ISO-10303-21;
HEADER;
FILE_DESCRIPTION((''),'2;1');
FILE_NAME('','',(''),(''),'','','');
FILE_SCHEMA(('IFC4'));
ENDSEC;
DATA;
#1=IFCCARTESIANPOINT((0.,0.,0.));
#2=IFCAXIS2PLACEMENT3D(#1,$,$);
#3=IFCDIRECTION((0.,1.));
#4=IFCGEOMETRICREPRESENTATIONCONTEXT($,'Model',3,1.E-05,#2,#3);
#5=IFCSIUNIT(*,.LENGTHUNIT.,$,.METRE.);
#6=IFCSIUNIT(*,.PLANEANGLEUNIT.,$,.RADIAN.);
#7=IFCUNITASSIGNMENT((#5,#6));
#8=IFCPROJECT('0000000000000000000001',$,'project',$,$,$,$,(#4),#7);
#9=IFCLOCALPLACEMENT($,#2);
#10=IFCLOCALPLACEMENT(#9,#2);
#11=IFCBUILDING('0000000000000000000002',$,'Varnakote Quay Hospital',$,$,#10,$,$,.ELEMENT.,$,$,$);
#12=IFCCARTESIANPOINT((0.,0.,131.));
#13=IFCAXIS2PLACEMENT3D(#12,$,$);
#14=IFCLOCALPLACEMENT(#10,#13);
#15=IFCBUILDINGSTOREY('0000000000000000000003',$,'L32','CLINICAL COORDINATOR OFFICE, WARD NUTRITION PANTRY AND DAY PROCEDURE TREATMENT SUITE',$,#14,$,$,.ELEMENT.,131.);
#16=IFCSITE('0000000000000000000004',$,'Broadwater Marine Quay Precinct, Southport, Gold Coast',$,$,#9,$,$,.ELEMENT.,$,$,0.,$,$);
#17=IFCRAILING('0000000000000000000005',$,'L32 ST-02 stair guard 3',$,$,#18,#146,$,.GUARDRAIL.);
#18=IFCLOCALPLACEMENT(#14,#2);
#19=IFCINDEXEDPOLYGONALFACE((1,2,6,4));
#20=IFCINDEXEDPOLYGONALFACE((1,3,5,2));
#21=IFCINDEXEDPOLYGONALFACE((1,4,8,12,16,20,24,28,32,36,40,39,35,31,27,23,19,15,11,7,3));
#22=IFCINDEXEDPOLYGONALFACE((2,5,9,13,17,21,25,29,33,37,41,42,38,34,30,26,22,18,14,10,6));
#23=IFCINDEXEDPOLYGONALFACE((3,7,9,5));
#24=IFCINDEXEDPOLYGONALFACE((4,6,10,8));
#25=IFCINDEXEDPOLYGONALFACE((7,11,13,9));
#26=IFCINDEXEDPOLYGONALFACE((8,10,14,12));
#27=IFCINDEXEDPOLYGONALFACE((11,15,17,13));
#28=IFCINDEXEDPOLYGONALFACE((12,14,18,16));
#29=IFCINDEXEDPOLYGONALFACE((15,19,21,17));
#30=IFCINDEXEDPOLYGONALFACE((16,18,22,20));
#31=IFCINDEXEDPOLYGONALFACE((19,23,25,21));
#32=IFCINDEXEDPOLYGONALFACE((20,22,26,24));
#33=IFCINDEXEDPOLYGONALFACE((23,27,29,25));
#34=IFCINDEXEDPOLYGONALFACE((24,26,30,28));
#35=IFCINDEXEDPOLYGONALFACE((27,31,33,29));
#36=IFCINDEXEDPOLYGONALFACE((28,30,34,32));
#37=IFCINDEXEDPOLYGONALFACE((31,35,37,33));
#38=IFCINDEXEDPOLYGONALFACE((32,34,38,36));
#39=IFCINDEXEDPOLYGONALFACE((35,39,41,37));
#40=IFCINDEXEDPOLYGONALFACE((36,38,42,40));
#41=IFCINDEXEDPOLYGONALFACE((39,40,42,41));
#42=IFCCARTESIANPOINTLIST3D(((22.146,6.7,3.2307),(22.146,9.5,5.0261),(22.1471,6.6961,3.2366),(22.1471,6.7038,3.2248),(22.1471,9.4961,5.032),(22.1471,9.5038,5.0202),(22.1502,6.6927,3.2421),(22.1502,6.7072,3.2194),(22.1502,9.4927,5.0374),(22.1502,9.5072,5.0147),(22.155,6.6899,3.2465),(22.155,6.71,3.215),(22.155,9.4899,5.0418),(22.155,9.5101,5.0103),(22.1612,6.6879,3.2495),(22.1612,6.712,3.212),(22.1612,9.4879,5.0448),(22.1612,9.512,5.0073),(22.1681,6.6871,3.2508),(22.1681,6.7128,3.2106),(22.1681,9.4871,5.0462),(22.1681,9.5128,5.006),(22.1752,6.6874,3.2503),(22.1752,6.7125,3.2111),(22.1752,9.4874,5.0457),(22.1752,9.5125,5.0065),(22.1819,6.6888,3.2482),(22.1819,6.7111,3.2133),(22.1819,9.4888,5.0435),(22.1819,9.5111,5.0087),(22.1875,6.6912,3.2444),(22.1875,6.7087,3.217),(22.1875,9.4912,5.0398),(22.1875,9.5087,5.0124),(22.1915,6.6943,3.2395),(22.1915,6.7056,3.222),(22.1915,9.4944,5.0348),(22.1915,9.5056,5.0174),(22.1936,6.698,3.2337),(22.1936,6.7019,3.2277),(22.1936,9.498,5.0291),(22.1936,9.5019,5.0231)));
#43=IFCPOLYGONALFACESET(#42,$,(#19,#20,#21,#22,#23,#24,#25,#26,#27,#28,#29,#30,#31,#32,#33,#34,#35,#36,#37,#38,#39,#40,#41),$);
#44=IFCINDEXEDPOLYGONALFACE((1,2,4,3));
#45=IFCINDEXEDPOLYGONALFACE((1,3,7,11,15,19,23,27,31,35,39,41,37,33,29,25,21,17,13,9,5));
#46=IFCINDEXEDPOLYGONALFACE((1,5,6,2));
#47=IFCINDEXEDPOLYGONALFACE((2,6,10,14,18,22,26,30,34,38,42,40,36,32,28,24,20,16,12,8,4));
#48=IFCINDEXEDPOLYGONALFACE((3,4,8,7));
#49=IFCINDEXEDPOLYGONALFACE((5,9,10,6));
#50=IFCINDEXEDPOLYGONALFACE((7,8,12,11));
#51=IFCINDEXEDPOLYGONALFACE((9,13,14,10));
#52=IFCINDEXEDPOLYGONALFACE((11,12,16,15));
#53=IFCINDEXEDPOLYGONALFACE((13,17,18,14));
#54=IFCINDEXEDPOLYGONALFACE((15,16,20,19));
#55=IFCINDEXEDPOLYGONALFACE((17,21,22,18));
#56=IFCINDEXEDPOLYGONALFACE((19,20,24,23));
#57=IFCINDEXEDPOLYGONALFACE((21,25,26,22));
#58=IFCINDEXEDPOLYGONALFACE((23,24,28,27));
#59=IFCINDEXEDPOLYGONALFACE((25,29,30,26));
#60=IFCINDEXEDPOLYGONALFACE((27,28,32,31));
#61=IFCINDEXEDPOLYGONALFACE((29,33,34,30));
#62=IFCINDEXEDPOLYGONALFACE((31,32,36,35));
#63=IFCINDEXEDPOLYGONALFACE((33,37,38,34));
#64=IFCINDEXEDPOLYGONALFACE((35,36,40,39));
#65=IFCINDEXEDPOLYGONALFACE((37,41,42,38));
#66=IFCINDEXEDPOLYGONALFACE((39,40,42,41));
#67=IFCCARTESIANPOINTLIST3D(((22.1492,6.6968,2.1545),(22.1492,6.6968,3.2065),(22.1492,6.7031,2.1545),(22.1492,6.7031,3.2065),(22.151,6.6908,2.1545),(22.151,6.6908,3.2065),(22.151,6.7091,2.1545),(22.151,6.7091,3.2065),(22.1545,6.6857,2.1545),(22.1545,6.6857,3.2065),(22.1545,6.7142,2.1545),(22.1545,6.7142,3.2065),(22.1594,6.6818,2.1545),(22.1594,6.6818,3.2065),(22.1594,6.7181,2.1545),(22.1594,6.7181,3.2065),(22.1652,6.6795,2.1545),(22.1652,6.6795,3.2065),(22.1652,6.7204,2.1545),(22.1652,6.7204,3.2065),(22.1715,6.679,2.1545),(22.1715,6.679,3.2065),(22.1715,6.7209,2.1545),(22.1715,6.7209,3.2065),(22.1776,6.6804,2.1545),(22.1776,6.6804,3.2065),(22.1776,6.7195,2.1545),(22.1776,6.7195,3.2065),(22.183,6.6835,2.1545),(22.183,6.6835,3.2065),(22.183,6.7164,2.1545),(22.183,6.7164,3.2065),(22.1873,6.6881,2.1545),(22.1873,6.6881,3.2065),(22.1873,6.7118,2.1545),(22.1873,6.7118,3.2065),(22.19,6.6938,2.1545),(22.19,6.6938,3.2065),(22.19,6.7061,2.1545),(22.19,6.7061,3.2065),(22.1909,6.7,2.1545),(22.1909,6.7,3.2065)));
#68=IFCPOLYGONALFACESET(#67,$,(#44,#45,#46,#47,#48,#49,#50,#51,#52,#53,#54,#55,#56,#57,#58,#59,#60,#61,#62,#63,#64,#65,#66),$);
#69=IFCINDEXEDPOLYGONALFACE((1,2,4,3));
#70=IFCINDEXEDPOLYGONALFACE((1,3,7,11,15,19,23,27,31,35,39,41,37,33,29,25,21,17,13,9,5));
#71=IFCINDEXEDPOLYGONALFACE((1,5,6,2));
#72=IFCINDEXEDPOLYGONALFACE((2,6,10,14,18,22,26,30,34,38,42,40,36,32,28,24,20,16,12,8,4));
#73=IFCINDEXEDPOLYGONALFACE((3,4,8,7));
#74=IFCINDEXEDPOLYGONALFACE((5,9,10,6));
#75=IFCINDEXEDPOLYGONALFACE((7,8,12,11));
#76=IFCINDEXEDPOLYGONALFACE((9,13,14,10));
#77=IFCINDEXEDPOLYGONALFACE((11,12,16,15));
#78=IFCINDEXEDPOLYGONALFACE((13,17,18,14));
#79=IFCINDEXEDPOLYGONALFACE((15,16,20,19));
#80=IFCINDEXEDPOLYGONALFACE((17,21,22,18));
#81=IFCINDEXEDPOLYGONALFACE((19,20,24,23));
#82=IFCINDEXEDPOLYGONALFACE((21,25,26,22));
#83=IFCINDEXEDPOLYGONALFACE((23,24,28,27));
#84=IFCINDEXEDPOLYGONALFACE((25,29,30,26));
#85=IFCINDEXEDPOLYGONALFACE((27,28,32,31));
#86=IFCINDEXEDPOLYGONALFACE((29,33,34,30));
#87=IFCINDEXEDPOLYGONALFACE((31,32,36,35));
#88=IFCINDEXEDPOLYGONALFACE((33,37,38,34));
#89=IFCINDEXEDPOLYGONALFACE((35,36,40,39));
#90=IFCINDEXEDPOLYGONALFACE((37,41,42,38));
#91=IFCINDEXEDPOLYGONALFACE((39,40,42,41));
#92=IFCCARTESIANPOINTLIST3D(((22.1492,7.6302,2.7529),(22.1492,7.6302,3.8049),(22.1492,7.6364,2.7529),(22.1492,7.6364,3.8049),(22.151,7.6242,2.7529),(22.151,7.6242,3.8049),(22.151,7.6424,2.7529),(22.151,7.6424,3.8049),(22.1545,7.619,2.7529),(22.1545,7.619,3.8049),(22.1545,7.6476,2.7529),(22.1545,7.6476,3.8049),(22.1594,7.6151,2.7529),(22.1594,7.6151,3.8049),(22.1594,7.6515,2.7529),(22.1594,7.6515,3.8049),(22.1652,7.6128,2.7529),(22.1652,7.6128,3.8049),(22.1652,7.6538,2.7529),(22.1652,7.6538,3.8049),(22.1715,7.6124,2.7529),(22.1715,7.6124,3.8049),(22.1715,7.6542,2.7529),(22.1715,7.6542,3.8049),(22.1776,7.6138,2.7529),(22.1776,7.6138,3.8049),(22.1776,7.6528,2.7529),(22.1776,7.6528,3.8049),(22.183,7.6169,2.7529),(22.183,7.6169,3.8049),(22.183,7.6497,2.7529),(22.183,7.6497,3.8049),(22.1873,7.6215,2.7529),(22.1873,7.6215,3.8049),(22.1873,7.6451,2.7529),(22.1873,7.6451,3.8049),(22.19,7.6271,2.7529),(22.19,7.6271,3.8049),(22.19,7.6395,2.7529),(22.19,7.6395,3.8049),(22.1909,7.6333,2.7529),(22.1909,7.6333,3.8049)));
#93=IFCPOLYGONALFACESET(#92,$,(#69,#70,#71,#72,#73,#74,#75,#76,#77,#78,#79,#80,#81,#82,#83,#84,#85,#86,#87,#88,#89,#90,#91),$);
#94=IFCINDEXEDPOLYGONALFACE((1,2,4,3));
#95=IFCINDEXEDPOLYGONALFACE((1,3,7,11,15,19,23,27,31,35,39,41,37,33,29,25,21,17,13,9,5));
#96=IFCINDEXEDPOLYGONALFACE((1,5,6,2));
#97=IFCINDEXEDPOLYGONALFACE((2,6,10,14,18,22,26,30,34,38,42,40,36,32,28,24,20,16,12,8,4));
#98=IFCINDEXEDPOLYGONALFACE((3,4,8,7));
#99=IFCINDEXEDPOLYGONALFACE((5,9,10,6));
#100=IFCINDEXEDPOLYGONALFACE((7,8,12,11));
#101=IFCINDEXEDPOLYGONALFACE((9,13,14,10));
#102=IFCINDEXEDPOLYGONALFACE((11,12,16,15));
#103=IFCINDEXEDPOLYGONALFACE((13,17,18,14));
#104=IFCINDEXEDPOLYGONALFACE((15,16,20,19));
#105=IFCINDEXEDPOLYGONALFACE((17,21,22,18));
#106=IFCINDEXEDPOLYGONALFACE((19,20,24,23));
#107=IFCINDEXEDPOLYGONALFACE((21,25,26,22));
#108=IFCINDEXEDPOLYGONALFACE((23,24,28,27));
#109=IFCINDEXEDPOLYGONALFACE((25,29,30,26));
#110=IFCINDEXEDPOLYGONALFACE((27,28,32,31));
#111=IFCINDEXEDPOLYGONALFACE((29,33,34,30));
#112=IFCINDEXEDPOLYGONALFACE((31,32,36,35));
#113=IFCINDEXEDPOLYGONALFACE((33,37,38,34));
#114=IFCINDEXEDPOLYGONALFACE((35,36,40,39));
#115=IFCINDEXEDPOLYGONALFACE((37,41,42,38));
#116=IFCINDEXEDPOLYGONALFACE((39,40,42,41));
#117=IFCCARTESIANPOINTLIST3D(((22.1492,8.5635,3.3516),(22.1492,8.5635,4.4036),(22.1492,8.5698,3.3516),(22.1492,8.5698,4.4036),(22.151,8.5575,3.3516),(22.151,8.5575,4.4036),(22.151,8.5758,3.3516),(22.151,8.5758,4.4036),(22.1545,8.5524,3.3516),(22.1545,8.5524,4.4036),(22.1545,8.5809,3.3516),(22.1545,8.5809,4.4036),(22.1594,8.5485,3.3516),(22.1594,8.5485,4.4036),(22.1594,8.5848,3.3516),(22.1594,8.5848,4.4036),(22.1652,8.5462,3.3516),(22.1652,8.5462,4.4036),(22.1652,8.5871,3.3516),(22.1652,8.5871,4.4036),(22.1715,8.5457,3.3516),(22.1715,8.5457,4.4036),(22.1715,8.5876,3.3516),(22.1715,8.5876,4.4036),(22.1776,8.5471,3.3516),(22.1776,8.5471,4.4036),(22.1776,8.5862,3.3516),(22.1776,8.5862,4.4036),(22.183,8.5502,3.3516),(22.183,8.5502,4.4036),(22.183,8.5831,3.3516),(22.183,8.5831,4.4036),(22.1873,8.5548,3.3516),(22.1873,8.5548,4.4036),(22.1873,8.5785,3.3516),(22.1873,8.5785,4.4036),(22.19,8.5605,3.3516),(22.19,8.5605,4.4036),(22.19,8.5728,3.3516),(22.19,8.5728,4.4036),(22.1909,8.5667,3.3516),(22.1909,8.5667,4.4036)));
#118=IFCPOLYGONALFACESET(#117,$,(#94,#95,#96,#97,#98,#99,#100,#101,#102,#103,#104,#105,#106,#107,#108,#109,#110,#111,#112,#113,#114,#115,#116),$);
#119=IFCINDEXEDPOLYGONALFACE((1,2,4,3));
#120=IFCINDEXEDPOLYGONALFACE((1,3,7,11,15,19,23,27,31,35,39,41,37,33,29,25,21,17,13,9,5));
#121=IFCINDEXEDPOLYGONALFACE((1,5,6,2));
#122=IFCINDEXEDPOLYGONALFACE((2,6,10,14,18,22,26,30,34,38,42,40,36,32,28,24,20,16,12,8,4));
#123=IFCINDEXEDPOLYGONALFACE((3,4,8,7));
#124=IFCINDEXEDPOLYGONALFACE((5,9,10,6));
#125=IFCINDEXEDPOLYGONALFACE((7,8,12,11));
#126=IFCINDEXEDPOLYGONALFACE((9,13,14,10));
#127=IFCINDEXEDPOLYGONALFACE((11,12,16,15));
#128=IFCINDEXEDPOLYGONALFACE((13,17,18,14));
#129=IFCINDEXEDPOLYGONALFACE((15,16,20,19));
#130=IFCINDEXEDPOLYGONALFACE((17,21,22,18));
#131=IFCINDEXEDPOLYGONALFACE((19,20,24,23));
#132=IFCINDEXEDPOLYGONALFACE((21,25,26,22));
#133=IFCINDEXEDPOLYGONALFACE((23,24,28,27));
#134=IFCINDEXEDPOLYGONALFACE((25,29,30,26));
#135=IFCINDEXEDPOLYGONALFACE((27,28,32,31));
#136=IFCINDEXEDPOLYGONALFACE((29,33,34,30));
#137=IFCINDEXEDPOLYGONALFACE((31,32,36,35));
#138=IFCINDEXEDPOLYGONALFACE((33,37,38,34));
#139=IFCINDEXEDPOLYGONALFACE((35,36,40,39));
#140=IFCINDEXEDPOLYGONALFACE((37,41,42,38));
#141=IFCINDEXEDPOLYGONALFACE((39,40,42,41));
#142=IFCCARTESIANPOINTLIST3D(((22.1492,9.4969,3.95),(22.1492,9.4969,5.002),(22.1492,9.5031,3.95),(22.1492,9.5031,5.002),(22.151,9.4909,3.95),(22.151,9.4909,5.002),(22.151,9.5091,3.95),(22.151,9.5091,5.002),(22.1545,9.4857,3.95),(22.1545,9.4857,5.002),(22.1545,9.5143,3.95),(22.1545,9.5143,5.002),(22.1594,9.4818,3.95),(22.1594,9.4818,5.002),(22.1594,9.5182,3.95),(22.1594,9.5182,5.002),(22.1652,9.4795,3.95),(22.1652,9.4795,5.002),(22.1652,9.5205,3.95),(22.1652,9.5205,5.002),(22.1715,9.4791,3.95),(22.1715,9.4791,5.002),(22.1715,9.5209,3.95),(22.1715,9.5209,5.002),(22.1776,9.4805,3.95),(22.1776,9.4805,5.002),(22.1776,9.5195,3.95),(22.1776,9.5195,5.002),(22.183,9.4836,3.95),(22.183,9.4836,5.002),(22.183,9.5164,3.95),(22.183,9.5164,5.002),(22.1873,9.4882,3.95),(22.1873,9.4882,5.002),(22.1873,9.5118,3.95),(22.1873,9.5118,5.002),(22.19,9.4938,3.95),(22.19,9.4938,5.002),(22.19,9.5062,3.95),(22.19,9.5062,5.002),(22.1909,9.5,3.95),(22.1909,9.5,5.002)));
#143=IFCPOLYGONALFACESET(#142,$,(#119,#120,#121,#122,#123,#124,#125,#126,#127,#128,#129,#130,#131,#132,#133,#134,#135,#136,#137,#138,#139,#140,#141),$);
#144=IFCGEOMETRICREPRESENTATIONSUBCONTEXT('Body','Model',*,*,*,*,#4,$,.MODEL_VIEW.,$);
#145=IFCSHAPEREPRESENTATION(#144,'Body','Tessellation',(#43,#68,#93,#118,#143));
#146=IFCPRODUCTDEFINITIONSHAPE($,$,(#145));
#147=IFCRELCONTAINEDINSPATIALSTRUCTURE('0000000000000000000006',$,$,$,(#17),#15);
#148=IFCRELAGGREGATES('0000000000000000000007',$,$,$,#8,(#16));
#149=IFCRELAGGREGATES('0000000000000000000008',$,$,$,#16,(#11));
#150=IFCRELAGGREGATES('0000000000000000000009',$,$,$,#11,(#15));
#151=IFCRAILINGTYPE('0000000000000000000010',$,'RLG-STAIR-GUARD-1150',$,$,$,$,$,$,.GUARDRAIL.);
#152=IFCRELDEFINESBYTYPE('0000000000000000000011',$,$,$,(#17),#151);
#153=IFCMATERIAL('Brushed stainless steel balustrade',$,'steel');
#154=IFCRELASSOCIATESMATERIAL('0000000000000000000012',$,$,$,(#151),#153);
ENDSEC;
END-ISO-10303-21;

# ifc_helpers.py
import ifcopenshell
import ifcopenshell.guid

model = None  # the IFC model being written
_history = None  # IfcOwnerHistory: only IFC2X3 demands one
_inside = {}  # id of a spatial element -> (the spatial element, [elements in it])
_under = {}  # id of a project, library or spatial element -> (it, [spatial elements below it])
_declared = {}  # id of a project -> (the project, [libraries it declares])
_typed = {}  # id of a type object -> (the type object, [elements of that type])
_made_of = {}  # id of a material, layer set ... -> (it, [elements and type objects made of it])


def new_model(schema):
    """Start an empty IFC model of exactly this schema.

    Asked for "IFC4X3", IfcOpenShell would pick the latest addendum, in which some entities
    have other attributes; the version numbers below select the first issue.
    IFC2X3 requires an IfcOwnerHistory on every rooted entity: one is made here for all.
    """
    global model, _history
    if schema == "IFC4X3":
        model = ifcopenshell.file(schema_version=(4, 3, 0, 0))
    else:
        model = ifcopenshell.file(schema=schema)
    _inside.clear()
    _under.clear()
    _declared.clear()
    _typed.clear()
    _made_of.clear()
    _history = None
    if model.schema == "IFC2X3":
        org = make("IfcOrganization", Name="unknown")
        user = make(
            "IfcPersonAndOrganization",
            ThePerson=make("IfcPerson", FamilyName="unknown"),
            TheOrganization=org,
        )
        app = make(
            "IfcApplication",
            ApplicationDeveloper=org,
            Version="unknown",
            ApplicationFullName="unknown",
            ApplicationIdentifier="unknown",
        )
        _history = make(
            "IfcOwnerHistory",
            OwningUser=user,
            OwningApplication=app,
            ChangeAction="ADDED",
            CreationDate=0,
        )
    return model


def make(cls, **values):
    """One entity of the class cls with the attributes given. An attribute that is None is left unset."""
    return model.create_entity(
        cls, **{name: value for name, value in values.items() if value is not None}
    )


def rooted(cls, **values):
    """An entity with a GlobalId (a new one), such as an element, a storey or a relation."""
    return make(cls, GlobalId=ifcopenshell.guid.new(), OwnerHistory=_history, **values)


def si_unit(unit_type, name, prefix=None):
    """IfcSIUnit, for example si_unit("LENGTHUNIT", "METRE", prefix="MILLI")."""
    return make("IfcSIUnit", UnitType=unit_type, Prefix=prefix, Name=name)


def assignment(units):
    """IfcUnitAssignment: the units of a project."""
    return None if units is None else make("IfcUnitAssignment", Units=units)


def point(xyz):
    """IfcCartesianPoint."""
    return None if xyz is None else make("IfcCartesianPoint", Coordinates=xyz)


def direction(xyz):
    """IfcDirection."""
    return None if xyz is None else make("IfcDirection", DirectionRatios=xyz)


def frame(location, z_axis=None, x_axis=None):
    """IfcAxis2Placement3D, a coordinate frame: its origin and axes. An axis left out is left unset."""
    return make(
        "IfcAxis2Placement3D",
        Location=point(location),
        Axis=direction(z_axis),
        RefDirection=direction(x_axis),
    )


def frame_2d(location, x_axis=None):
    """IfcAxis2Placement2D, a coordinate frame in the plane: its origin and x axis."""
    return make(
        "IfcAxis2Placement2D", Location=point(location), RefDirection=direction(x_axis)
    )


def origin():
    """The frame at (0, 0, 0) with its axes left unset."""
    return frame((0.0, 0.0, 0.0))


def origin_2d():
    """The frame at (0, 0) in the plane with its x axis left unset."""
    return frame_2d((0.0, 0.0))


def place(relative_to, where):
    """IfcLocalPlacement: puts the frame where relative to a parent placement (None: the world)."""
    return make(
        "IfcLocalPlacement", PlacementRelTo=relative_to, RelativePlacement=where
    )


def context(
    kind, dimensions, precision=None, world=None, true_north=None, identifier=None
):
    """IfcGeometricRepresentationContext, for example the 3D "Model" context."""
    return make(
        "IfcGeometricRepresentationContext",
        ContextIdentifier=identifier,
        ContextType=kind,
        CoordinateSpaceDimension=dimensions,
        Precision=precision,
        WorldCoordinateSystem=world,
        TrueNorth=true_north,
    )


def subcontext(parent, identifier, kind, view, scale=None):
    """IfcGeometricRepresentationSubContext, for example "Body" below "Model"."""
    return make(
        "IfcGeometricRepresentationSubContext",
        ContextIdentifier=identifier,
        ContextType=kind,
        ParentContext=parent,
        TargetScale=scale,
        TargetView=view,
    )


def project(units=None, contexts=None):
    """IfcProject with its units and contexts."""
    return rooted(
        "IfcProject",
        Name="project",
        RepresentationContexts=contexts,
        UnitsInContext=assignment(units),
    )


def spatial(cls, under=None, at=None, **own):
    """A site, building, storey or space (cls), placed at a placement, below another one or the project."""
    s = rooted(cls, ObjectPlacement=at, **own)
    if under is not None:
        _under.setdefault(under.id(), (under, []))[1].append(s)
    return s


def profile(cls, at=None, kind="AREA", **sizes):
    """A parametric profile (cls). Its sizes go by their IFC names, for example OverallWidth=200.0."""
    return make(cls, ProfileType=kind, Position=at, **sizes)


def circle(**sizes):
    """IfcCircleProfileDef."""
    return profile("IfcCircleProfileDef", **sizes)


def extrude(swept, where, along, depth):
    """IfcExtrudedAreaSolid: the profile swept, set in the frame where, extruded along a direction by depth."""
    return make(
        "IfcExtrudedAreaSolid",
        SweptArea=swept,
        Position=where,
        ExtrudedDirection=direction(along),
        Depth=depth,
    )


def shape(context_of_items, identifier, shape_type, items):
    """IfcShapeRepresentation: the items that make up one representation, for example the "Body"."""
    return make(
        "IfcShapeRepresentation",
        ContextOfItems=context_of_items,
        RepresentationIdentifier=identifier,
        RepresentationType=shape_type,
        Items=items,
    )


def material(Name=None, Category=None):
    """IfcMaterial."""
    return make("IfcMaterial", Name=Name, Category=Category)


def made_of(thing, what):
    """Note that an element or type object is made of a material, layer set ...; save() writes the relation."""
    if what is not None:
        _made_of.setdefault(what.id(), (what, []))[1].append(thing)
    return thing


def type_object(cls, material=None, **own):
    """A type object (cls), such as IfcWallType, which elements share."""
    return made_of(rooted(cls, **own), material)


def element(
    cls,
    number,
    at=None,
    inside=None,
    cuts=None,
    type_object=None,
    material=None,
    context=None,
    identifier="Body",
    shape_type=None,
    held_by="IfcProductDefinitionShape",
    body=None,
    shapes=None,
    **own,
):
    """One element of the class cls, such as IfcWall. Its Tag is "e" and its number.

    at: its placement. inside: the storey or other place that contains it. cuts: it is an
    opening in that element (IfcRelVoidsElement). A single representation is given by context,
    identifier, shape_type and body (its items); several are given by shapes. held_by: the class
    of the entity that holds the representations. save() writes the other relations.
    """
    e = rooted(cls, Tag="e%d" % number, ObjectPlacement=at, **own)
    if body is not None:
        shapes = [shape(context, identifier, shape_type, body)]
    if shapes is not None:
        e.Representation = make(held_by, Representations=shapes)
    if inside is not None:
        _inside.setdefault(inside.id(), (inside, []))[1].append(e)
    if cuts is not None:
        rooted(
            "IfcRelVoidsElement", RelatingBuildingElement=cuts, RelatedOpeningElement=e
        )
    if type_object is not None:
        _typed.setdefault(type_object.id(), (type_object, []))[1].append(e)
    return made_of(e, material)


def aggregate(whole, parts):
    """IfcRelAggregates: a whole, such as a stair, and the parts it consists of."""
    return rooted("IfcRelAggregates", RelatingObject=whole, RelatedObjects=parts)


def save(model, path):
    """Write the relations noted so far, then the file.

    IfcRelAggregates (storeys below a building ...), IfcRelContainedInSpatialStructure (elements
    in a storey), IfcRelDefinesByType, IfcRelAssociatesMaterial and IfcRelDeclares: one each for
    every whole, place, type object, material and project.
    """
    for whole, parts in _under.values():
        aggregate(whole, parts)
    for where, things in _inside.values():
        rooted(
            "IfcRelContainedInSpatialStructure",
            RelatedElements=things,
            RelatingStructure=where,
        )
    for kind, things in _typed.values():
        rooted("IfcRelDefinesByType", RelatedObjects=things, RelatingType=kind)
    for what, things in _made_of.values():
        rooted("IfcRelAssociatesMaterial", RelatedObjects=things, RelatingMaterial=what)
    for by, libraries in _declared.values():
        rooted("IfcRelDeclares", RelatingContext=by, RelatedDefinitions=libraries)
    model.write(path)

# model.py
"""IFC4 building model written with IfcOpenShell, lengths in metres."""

from ifc_helpers import new_model, si_unit, direction, frame, origin, origin_2d, place, context, subcontext, project, spatial, circle, extrude, material, type_object, element, save


model = new_model("IFC4")

# Units and contexts
model_context = context("Model", 3, precision=1e-05, world=origin(), true_north=direction((0.0, 1.0)))
body_context = subcontext(model_context, "Body", "Model", "MODEL_VIEW")
ifc_project = project(units=[si_unit("LENGTHUNIT", "METRE"), si_unit("PLANEANGLEUNIT", "RADIAN")], contexts=[model_context])

# Site, building, storey
site_placement = place(None, origin())
site = spatial("IfcSite", under=ifc_project, at=site_placement, Name="Broadwater Marine Quay Precinct, Southport, Gold Coast", CompositionType="ELEMENT", RefElevation=0.0)
building_placement = place(site_placement, origin())
building = spatial("IfcBuilding", under=site, at=building_placement, Name="Varnakote Quay Hospital", CompositionType="ELEMENT")
storey_placement = place(building_placement, frame((0.0, 0.0, 131.0)))
storey = spatial("IfcBuildingStorey", under=building, at=storey_placement, Name="L32", Description="CLINICAL COORDINATOR OFFICE, WARD NUTRITION PANTRY AND DAY PROCEDURE TREATMENT SUITE", CompositionType="ELEMENT", Elevation=131.0)

# Railing
ifc_material_1 = material(Name="Brushed stainless steel balustrade", Category="steel")
railing_type_1 = type_object("IfcRailingType", Name="RLG-STAIR-GUARD-1150", PredefinedType="GUARDRAIL", material=ifc_material_1)
railing_1_placement = place(storey_placement, frame((22.1699, 6.7, 2.1545)))
element("IfcRailing", 1, at=railing_1_placement, inside=storey, type_object=railing_type_1, Name="L32 ST-02 stair guard 3", PredefinedType="GUARDRAIL", context=body_context, shape_type="SweptSolid", body=[
    extrude(circle(Radius=0.0239, at=origin_2d()), frame((0.0, 0.0, 1.0762), z_axis=(0.0, 0.84181, 0.539774), x_axis=(-1.0, 0.0, 0.0)), (0.0, 0.0, 1.0), 3.3262),
    extrude(circle(Radius=0.021, at=origin_2d()), origin(), (0.0, 0.0, 1.0), 1.052),
    extrude(circle(Radius=0.021, at=origin_2d()), frame((0.0, 0.9333, 0.5984)), (0.0, 0.0, 1.0), 1.052),
    extrude(circle(Radius=0.021, at=origin_2d()), frame((0.0, 1.8667, 1.197)), (0.0, 0.0, 1.0), 1.052),
    extrude(circle(Radius=0.021, at=origin_2d()), frame((0.0, 2.8, 1.7954)), (0.0, 0.0, 1.0), 1.052),
])

save(model, "model.ifc")
